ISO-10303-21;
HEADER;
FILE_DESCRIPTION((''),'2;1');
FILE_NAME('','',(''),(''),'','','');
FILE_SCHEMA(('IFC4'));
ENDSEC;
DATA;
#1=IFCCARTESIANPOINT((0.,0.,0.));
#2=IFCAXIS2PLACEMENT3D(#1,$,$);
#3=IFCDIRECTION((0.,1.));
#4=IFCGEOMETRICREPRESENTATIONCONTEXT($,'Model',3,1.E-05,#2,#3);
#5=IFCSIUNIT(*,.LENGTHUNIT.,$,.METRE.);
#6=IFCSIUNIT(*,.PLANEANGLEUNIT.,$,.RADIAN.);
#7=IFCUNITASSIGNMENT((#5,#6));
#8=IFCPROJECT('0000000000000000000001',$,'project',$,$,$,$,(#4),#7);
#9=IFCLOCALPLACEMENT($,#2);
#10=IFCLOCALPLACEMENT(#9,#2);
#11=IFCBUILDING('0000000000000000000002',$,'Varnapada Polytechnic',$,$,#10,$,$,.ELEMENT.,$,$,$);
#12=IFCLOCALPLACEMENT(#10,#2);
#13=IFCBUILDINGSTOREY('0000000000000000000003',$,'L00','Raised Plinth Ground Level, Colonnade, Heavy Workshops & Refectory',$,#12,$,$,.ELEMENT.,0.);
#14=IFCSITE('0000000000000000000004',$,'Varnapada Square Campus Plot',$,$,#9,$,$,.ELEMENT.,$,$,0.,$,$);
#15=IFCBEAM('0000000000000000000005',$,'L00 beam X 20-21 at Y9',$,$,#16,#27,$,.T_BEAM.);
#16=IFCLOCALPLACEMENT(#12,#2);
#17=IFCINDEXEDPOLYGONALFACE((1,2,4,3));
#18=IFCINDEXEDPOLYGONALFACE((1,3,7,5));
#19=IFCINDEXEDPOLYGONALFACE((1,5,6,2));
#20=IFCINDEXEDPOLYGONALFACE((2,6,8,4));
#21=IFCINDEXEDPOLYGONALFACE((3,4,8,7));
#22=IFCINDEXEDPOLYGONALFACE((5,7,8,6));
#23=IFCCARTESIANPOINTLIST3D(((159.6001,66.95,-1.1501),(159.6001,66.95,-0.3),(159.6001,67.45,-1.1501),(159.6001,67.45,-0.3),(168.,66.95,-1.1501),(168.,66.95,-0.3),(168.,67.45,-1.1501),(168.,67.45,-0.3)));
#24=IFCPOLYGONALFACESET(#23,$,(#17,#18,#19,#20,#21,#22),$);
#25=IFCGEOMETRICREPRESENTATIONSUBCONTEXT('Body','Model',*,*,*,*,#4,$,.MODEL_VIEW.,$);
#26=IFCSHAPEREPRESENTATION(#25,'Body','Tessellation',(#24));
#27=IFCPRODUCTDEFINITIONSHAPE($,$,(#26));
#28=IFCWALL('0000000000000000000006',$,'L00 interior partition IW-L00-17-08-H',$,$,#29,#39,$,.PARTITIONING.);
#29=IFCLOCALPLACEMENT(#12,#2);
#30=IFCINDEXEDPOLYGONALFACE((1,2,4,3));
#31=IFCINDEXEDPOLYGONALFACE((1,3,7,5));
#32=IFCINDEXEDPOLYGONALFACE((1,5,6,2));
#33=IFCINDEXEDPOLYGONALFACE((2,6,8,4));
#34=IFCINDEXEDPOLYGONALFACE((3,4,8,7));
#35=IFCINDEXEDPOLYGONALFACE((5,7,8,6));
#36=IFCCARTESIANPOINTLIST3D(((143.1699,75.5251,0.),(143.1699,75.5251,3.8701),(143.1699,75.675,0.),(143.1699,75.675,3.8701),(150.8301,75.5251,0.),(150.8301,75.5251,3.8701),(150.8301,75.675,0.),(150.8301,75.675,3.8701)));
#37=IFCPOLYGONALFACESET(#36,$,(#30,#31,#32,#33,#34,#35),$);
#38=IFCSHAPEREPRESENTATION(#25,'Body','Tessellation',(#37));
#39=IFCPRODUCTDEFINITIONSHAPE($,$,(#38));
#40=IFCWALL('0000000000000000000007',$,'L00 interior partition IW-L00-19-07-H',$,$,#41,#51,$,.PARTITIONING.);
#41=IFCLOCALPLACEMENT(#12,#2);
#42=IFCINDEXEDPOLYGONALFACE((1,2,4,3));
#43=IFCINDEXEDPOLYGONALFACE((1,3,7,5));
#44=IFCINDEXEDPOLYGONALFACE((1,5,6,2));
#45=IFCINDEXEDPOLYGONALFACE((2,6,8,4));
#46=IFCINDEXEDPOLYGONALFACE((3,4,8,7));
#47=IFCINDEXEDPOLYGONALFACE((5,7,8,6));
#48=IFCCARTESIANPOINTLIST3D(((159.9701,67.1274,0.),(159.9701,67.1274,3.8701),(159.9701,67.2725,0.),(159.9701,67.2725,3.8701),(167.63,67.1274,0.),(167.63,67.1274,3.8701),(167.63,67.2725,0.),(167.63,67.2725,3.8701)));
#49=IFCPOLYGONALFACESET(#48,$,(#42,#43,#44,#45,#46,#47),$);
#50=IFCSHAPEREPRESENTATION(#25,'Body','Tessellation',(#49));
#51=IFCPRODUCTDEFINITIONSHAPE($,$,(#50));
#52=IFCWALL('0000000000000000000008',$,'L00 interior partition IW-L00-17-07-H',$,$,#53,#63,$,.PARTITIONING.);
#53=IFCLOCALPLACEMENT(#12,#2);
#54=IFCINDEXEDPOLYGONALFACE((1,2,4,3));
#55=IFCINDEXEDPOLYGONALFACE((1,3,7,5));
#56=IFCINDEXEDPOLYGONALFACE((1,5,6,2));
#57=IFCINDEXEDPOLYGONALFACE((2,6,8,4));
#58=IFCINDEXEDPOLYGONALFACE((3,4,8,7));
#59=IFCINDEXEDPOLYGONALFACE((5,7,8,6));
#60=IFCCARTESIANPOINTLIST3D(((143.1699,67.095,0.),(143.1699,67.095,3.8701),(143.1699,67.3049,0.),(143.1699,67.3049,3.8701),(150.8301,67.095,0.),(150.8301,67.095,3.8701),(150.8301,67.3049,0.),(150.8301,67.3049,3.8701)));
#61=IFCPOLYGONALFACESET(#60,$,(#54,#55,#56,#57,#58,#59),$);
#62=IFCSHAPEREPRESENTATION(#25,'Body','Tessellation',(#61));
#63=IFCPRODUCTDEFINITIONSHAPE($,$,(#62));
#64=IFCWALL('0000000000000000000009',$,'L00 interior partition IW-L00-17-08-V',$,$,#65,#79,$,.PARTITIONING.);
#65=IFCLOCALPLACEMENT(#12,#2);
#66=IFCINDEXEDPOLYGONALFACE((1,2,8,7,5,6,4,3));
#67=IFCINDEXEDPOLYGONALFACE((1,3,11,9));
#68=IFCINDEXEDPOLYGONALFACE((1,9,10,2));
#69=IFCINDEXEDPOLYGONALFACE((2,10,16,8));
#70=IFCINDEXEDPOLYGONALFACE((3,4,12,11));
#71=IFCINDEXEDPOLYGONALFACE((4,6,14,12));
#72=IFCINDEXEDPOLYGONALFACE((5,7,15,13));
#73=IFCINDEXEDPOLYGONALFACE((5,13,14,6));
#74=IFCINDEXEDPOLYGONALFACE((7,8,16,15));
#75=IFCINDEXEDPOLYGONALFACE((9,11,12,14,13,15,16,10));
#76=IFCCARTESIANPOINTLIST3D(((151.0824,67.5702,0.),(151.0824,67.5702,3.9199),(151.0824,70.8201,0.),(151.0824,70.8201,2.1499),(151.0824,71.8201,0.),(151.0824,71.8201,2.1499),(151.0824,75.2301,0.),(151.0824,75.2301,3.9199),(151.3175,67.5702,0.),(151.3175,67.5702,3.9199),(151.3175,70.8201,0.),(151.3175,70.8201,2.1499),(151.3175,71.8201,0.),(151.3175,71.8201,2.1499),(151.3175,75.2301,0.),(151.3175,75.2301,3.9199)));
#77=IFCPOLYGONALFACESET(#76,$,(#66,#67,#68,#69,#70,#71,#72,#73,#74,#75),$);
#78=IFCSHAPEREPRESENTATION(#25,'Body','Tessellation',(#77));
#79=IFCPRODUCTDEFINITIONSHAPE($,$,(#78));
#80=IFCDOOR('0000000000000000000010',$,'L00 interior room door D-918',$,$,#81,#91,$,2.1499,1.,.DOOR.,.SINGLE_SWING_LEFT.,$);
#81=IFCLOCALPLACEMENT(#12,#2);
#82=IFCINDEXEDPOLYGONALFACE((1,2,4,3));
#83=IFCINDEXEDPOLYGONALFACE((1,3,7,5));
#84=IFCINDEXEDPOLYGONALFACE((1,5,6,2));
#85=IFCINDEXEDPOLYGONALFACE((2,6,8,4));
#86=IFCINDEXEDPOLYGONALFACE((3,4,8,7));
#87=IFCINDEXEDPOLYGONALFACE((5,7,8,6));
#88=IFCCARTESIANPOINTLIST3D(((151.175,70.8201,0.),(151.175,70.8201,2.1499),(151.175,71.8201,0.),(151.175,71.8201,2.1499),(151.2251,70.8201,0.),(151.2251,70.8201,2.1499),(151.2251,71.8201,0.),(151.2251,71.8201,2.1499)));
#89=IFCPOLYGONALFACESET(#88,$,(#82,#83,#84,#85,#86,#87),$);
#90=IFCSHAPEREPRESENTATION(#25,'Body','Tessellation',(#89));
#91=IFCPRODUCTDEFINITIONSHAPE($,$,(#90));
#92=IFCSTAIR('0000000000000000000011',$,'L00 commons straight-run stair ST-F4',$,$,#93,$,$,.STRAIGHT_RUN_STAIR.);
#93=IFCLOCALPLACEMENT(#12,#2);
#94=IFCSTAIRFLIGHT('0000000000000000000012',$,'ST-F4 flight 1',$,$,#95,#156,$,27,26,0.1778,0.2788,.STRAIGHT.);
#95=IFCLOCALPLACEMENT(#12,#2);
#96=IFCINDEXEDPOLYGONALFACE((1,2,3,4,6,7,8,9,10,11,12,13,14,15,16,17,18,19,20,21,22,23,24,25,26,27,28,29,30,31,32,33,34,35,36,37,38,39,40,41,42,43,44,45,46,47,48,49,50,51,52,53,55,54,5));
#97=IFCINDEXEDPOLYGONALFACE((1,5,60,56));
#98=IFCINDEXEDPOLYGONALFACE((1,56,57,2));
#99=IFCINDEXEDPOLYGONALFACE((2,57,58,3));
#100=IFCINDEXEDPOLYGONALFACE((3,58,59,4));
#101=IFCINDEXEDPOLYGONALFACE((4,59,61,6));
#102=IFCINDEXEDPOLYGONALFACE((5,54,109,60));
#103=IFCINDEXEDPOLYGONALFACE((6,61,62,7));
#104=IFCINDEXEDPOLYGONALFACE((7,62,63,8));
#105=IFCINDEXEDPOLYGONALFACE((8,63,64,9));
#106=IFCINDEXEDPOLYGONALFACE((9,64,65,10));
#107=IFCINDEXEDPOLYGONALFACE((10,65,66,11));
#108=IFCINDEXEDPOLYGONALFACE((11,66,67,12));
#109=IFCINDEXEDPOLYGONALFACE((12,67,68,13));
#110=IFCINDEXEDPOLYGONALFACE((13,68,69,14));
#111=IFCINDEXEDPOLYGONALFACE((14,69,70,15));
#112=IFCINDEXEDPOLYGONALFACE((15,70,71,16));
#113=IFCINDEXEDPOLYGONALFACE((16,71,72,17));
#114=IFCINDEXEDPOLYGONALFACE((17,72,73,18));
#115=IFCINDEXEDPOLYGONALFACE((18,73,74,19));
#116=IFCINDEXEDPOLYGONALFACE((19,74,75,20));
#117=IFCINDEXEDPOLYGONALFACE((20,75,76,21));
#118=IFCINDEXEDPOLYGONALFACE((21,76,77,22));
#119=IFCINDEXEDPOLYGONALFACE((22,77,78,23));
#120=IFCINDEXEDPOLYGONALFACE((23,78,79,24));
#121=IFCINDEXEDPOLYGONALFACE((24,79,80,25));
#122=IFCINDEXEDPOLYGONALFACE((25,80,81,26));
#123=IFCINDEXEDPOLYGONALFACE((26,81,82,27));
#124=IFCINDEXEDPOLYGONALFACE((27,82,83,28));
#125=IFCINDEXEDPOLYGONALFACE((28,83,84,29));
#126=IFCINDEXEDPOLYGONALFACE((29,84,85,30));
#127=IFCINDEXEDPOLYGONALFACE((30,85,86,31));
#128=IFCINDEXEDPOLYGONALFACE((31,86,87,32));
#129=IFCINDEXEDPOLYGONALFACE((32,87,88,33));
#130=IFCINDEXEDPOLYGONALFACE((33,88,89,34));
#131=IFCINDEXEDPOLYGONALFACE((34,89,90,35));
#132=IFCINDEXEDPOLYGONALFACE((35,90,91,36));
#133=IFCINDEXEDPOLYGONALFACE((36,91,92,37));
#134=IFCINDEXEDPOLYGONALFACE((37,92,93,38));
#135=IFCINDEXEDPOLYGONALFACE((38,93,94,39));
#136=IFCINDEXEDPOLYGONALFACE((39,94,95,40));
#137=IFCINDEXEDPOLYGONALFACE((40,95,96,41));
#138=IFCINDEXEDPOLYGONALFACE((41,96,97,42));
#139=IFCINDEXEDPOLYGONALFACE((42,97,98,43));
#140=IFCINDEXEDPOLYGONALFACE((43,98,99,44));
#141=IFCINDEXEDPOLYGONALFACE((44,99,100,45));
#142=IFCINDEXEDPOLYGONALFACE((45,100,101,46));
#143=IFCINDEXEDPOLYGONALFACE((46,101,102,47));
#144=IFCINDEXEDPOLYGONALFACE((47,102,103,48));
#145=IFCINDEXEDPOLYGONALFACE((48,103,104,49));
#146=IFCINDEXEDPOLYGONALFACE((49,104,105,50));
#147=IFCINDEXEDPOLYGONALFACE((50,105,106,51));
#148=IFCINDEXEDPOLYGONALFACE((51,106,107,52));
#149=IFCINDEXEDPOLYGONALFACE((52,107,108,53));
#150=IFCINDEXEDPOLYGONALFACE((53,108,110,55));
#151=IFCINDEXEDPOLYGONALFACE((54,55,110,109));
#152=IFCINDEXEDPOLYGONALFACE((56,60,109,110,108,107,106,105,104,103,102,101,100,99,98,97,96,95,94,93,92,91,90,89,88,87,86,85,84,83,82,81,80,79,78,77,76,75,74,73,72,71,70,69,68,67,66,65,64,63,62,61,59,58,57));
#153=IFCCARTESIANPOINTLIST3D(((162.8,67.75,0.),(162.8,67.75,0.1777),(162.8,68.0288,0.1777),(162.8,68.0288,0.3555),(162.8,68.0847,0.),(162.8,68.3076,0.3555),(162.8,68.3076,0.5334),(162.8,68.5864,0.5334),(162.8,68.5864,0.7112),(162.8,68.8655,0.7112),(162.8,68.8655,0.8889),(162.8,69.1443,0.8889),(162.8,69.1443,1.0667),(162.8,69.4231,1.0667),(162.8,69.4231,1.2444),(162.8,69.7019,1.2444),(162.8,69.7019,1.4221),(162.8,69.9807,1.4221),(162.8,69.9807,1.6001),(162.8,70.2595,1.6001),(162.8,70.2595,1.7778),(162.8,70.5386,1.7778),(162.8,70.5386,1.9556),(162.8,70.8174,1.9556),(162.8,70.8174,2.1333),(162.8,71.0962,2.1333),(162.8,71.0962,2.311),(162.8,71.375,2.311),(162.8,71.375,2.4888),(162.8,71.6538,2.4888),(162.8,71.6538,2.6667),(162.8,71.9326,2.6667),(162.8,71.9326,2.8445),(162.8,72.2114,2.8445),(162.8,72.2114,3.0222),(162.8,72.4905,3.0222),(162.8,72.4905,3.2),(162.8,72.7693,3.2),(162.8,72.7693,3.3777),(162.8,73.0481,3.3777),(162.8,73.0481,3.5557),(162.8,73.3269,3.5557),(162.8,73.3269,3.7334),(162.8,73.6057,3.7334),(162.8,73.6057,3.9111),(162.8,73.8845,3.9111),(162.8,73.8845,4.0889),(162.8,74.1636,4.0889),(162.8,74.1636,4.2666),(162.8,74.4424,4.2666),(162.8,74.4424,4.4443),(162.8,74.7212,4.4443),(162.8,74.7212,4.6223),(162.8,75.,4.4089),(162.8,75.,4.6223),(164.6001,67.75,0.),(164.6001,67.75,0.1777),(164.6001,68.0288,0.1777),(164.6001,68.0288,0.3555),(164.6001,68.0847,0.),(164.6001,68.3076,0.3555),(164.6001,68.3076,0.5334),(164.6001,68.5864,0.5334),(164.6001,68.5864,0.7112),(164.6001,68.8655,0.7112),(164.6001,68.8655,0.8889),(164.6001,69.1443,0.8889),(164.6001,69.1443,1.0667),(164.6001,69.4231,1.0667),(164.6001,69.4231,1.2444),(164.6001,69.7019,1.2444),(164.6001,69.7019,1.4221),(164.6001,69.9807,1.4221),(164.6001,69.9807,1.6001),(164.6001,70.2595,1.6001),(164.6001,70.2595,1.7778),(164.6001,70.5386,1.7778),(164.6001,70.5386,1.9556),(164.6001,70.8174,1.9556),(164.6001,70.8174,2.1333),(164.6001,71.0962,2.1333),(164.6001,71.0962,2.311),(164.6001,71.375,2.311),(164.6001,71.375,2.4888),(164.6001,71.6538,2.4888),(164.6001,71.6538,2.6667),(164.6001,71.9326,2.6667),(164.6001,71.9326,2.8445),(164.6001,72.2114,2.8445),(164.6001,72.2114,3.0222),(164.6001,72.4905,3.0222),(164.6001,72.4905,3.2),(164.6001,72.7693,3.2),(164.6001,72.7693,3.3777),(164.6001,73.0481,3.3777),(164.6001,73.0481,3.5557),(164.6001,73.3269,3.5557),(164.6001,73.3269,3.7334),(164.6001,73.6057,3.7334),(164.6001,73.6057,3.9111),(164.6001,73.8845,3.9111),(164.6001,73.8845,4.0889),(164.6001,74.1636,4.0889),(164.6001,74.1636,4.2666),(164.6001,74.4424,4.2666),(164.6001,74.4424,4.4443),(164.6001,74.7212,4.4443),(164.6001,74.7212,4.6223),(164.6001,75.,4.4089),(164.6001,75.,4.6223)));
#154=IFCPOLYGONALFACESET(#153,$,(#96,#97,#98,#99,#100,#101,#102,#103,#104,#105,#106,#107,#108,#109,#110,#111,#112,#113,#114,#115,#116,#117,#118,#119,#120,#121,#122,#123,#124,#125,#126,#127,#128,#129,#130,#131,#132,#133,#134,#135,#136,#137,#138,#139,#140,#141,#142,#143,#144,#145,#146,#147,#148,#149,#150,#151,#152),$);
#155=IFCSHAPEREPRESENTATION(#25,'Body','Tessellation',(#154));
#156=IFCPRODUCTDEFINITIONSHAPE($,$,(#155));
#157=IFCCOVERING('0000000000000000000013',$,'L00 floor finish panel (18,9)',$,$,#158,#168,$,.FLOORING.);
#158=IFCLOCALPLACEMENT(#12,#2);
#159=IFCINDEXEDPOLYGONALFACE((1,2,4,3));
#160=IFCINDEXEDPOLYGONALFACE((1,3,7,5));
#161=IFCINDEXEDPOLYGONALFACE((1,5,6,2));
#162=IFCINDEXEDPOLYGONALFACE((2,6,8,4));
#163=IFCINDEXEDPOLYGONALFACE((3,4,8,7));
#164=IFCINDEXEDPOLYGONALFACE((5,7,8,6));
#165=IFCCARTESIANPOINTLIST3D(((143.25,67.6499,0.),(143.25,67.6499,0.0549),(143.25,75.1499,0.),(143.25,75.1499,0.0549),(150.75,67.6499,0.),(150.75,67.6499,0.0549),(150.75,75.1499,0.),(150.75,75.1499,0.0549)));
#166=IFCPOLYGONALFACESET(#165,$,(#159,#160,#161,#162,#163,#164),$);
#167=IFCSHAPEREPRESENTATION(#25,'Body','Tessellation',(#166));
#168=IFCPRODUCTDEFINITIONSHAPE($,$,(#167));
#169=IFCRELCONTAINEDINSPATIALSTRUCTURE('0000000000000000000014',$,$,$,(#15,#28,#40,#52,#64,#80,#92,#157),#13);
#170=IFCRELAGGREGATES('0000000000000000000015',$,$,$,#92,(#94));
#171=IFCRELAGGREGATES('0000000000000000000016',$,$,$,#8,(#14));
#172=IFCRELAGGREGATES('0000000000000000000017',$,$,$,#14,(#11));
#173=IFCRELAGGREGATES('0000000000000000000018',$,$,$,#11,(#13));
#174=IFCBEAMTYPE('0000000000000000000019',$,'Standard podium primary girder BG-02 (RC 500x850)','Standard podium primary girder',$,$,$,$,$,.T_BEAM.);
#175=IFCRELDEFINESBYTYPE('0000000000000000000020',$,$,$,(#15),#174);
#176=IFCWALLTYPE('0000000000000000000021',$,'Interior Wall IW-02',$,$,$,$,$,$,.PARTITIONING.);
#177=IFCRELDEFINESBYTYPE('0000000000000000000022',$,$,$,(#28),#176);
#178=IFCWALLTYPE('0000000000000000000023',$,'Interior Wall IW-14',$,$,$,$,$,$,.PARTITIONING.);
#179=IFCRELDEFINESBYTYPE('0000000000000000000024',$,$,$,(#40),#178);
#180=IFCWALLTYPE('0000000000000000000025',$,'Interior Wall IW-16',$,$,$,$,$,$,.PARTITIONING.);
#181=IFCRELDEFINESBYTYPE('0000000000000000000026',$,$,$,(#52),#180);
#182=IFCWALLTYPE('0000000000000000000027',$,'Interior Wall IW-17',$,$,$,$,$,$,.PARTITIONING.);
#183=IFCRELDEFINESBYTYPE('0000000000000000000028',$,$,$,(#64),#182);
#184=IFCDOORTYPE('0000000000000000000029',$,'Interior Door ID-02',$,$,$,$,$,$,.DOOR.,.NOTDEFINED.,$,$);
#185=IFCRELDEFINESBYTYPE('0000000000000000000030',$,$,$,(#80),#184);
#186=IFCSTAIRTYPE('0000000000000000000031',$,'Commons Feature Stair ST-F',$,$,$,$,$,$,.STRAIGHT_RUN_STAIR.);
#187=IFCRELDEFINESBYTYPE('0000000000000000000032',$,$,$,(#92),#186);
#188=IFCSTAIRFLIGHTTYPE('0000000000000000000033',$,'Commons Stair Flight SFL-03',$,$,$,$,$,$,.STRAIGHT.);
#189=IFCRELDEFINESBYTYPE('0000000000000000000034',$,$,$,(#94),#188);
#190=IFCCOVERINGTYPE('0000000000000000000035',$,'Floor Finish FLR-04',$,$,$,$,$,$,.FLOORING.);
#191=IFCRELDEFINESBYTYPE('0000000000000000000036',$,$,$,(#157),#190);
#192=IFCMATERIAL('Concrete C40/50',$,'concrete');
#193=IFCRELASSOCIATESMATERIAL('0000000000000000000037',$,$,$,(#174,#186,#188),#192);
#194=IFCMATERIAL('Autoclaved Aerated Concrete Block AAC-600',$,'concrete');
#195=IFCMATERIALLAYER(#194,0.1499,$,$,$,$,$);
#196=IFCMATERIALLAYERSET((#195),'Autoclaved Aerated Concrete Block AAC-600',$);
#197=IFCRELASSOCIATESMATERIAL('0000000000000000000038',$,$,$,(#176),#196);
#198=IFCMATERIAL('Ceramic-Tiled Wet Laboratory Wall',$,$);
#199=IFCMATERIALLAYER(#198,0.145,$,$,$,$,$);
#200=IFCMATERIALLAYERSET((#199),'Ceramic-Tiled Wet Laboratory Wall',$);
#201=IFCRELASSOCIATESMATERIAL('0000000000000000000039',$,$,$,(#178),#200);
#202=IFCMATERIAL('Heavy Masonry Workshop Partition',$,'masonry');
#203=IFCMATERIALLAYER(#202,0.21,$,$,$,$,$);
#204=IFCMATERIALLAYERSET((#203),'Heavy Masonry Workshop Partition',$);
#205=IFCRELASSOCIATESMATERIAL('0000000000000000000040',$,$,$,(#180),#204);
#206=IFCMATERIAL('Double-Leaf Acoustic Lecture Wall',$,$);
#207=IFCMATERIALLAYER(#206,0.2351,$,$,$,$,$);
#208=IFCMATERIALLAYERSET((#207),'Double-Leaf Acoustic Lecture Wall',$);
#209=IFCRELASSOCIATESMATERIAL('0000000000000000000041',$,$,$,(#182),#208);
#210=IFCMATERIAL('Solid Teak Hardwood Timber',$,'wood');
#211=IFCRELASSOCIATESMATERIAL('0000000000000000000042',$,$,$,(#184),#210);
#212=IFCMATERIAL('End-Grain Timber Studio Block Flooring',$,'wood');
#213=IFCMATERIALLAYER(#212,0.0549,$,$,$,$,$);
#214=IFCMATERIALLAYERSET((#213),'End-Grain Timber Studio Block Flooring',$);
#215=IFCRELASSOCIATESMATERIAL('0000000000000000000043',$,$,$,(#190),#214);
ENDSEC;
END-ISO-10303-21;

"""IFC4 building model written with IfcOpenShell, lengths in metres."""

from ifc_helpers import new_model, si_unit, direction, frame, frame_2d, origin, origin_2d, place, context, subcontext, project, spatial, polyline, rectangle, outline, extrude, material, layer, layer_set, material_profile, profile_set, type_object, element, fill, aggregate, save


model = new_model("IFC4")

# Units and contexts
model_context = context("Model", 3, precision=1e-05, world=origin(), true_north=direction((0.0, 1.0)))
body_context = subcontext(model_context, "Body", "Model", "MODEL_VIEW")
ifc_project = project(units=[si_unit("LENGTHUNIT", "METRE"), si_unit("PLANEANGLEUNIT", "RADIAN")], contexts=[model_context])

# Site, building, storey
site_placement = place(None, origin())
site = spatial("IfcSite", under=ifc_project, at=site_placement, Name="Varnapada Square Campus Plot", CompositionType="ELEMENT", RefElevation=0.0)
building_placement = place(site_placement, origin())
building = spatial("IfcBuilding", under=site, at=building_placement, Name="Varnapada Polytechnic", CompositionType="ELEMENT")
storey_placement = place(building_placement, origin())
storey = spatial("IfcBuildingStorey", under=building, at=storey_placement, Name="L00", Description="Raised Plinth Ground Level, Colonnade, Heavy Workshops & Refectory", CompositionType="ELEMENT", Elevation=0.0)

# Shared definitions
ifc_material_1 = material(Name="Concrete C40/50", Category="concrete")

# Beam
ifc_material_profile_1 = material_profile(ifc_material_1, rectangle(XDim=0.5, YDim=0.8501, at=origin_2d()), Name="RC 500x850")
ifc_profile_set_1 = profile_set([ifc_material_profile_1], Name="Concrete C40/50")
beam_type_1 = type_object("IfcBeamType", Name="Standard podium primary girder BG-02 (RC 500x850)", Description="Standard podium primary girder", PredefinedType="T_BEAM", material=ifc_profile_set_1)
beam_1_placement = place(storey_placement, frame((159.6001, 67.2, -0.7251), z_axis=(1.0, 0.0, 0.0), x_axis=(0.0, 1.0, 0.0)))
element("IfcBeam", 1, at=beam_1_placement, inside=storey, type_object=beam_type_1, Name="L00 beam X 20-21 at Y9", PredefinedType="T_BEAM", context=body_context, shape_type="SweptSolid", body=[
    extrude(rectangle(XDim=0.5, YDim=0.8501, at=origin_2d()), origin(), (0.0, 0.0, 1.0), 8.3999),
])

# Walls
ifc_material_2 = material(Name="Autoclaved Aerated Concrete Block AAC-600", Category="concrete")
ifc_layer_1 = layer(ifc_material_2, 0.1499)
ifc_layer_set_1 = layer_set([ifc_layer_1], Name="Autoclaved Aerated Concrete Block AAC-600")
wall_type_1 = type_object("IfcWallType", Name="Interior Wall IW-02", PredefinedType="PARTITIONING", material=ifc_layer_set_1)
wall_1_placement = place(storey_placement, frame((143.1699, 75.6001, 0.0), z_axis=(0.0, 0.0, 1.0), x_axis=(1.0, 0.0, 0.0)))
element("IfcWall", 2, at=wall_1_placement, inside=storey, type_object=wall_type_1, Name="L00 interior partition IW-L00-17-08-H", PredefinedType="PARTITIONING", context=body_context, shape_type="SweptSolid", body=[
    extrude(rectangle(XDim=7.6602, YDim=0.1499, at=frame_2d((3.8301, 0.0))), origin(), (0.0, 0.0, 1.0), 3.8701),
])
ifc_material_3 = material(Name="Ceramic-Tiled Wet Laboratory Wall")
ifc_layer_2 = layer(ifc_material_3, 0.145)
ifc_layer_set_2 = layer_set([ifc_layer_2], Name="Ceramic-Tiled Wet Laboratory Wall")
wall_type_2 = type_object("IfcWallType", Name="Interior Wall IW-14", PredefinedType="PARTITIONING", material=ifc_layer_set_2)
wall_2_placement = place(storey_placement, frame((159.97, 67.2, 0.0), z_axis=(0.0, 0.0, 1.0), x_axis=(1.0, 0.0, 0.0)))
element("IfcWall", 3, at=wall_2_placement, inside=storey, type_object=wall_type_2, Name="L00 interior partition IW-L00-19-07-H", PredefinedType="PARTITIONING", context=body_context, shape_type="SweptSolid", body=[
    extrude(rectangle(XDim=7.6599, YDim=0.145, at=frame_2d((3.8301, 0.0))), origin(), (0.0, 0.0, 1.0), 3.8701),
])
ifc_material_4 = material(Name="Heavy Masonry Workshop Partition", Category="masonry")
ifc_layer_3 = layer(ifc_material_4, 0.21)
ifc_layer_set_3 = layer_set([ifc_layer_3], Name="Heavy Masonry Workshop Partition")
wall_type_3 = type_object("IfcWallType", Name="Interior Wall IW-16", PredefinedType="PARTITIONING", material=ifc_layer_set_3)
wall_3_placement = place(storey_placement, frame((143.1699, 67.2, 0.0), z_axis=(0.0, 0.0, 1.0), x_axis=(1.0, 0.0, 0.0)))
element("IfcWall", 4, at=wall_3_placement, inside=storey, type_object=wall_type_3, Name="L00 interior partition IW-L00-17-07-H", PredefinedType="PARTITIONING", context=body_context, shape_type="SweptSolid", body=[
    extrude(rectangle(XDim=7.6602, YDim=0.21, at=frame_2d((3.8301, 0.0))), origin(), (0.0, 0.0, 1.0), 3.8701),
])

# Wall, opening, door
ifc_material_5 = material(Name="Double-Leaf Acoustic Lecture Wall")
ifc_layer_4 = layer(ifc_material_5, 0.2351)
ifc_layer_set_4 = layer_set([ifc_layer_4], Name="Double-Leaf Acoustic Lecture Wall")
wall_type_4 = type_object("IfcWallType", Name="Interior Wall IW-17", PredefinedType="PARTITIONING", material=ifc_layer_set_4)
wall_4_placement = place(storey_placement, frame((151.2, 67.5701, 0.0), z_axis=(0.0, 0.0, 1.0), x_axis=(0.0, 1.0, 0.0)))
wall_4 = element("IfcWall", 5, at=wall_4_placement, inside=storey, type_object=wall_type_4, Name="L00 interior partition IW-L00-17-08-V", PredefinedType="PARTITIONING", context=body_context, shape_type="SweptSolid", body=[
    extrude(rectangle(XDim=7.6599, YDim=0.2351, at=frame_2d((3.8301, 0.0))), origin(), (0.0, 0.0, 1.0), 3.9199),
])
opening_placement = place(wall_4_placement, frame((3.25, 0.0, 0.0)))
opening = element("IfcOpeningElement", 6, at=opening_placement, cuts=wall_4, PredefinedType="OPENING", context=body_context, shape_type="SweptSolid", body=[
    extrude(rectangle(XDim=1.0, YDim=2.1499, at=frame_2d((0.5, 1.075))), frame((0.0, 0.1274, 0.0), z_axis=(0.0, -1.0, 0.0), x_axis=(1.0, 0.0, 0.0)), (0.0, 0.0, 1.0), 0.2551),
])
ifc_material_6 = material(Name="Solid Teak Hardwood Timber", Category="wood")
door_type = type_object("IfcDoorType", Name="Interior Door ID-02", OperationType="NOTDEFINED", PredefinedType="DOOR", material=ifc_material_6)
door_placement = place(opening_placement, origin())
door = element("IfcDoor", 7, at=door_placement, inside=storey, type_object=door_type, Name="L00 interior room door D-918", OperationType="SINGLE_SWING_LEFT", OverallHeight=2.1499, OverallWidth=1.0, PredefinedType="DOOR", context=body_context, shape_type="SweptSolid", body=[
    extrude(rectangle(XDim=1.0, YDim=2.1499, at=frame_2d((0.5, 1.075))), frame((0.0, 0.0249, 0.0), z_axis=(0.0, -1.0, 0.0), x_axis=(1.0, 0.0, 0.0)), (0.0, 0.0, 1.0), 0.05),
])
fill(opening, door)

# Stair, stair flight
stair_type = type_object("IfcStairType", Name="Commons Feature Stair ST-F", PredefinedType="STRAIGHT_RUN_STAIR", material=ifc_material_1)
stair_placement = place(storey_placement, origin())
stair = element("IfcStair", 8, at=stair_placement, inside=storey, type_object=stair_type, Name="L00 commons straight-run stair ST-F4", PredefinedType="STRAIGHT_RUN_STAIR")
stair_flight_type = type_object("IfcStairFlightType", Name="Commons Stair Flight SFL-03", PredefinedType="STRAIGHT", material=ifc_material_1)
stair_flight_placement = place(storey_placement, frame((163.7, 67.75, 0.0), z_axis=(0.0, 0.0, 1.0), x_axis=(0.0, 1.0, 0.0)))
stair_flight = element("IfcStairFlight", 9, at=stair_flight_placement, type_object=stair_flight_type, Name="ST-F4 flight 1", NumberOfRisers=27, NumberOfTreads=26, PredefinedType="STRAIGHT", RiserHeight=0.1778, TreadLength=0.2788, context=body_context, shape_type="SweptSolid", body=[
    extrude(outline(polyline([(0.0, 0.0), (0.0, 0.1777), (0.2788, 0.1777), (0.2788, 0.3555), (0.5576, 0.3555), (0.5576, 0.5334), (0.8364, 0.5334), (0.8364, 0.7112), (1.1155, 0.7112), (1.1155, 0.8889), (1.3943, 0.8889), (1.3943, 1.0667), (1.6731, 1.0667), (1.6731, 1.2444), (1.9519, 1.2444), (1.9519, 1.4221), (2.2307, 1.4221), (2.2307, 1.6001), (2.5095, 1.6001), (2.5095, 1.7778), (2.7886, 1.7778), (2.7886, 1.9556), (3.0674, 1.9556), (3.0674, 2.1333), (3.3462, 2.1333), (3.3462, 2.311), (3.625, 2.311), (3.625, 2.4888), (3.9038, 2.4888), (3.9038, 2.6667), (4.1826, 2.6667), (4.1826, 2.8445), (4.4614, 2.8445), (4.4614, 3.0222), (4.7405, 3.0222), (4.7405, 3.2), (5.0193, 3.2), (5.0193, 3.3777), (5.2981, 3.3777), (5.2981, 3.5557), (5.5769, 3.5557), (5.5769, 3.7334), (5.8557, 3.7334), (5.8557, 3.9111), (6.1345, 3.9111), (6.1345, 4.0889), (6.4136, 4.0889), (6.4136, 4.2666), (6.6924, 4.2666), (6.6924, 4.4443), (6.9712, 4.4443), (6.9712, 4.6223), (7.25, 4.6223), (7.25, 4.8), (7.25, 4.4089), (0.3347, 0.0), (0.0, 0.0)])), frame((0.0, 0.8999, 0.0), z_axis=(0.0, -1.0, 0.0), x_axis=(1.0, 0.0, 0.0)), (0.0, 0.0, 1.0), 1.8),
])
aggregate(stair, [stair_flight])

# Covering
ifc_material_7 = material(Name="End-Grain Timber Studio Block Flooring", Category="wood")
ifc_layer_5 = layer(ifc_material_7, 0.0549)
ifc_layer_set_5 = layer_set([ifc_layer_5], Name="End-Grain Timber Studio Block Flooring")
covering_type = type_object("IfcCoveringType", Name="Floor Finish FLR-04", PredefinedType="FLOORING", material=ifc_layer_set_5)
for number, where, z_axis, x_axis, name in (
    (10, (147.0, 71.3999, 0.0), (0.0, 0.0, 1.0), (1.0, 0.0, 0.0), "L00 floor finish panel (18,9)"),
):
    element("IfcCovering", number, at=place(storey_placement, frame(where, z_axis=z_axis, x_axis=x_axis)), inside=storey, type_object=covering_type, Name=name, PredefinedType="FLOORING", context=body_context, shape_type="SweptSolid", body=[
        extrude(rectangle(XDim=7.5, YDim=7.5, at=origin_2d()), origin(), (0.0, 0.0, 1.0), 0.0549),
    ])

save(model, "model.ifc")
